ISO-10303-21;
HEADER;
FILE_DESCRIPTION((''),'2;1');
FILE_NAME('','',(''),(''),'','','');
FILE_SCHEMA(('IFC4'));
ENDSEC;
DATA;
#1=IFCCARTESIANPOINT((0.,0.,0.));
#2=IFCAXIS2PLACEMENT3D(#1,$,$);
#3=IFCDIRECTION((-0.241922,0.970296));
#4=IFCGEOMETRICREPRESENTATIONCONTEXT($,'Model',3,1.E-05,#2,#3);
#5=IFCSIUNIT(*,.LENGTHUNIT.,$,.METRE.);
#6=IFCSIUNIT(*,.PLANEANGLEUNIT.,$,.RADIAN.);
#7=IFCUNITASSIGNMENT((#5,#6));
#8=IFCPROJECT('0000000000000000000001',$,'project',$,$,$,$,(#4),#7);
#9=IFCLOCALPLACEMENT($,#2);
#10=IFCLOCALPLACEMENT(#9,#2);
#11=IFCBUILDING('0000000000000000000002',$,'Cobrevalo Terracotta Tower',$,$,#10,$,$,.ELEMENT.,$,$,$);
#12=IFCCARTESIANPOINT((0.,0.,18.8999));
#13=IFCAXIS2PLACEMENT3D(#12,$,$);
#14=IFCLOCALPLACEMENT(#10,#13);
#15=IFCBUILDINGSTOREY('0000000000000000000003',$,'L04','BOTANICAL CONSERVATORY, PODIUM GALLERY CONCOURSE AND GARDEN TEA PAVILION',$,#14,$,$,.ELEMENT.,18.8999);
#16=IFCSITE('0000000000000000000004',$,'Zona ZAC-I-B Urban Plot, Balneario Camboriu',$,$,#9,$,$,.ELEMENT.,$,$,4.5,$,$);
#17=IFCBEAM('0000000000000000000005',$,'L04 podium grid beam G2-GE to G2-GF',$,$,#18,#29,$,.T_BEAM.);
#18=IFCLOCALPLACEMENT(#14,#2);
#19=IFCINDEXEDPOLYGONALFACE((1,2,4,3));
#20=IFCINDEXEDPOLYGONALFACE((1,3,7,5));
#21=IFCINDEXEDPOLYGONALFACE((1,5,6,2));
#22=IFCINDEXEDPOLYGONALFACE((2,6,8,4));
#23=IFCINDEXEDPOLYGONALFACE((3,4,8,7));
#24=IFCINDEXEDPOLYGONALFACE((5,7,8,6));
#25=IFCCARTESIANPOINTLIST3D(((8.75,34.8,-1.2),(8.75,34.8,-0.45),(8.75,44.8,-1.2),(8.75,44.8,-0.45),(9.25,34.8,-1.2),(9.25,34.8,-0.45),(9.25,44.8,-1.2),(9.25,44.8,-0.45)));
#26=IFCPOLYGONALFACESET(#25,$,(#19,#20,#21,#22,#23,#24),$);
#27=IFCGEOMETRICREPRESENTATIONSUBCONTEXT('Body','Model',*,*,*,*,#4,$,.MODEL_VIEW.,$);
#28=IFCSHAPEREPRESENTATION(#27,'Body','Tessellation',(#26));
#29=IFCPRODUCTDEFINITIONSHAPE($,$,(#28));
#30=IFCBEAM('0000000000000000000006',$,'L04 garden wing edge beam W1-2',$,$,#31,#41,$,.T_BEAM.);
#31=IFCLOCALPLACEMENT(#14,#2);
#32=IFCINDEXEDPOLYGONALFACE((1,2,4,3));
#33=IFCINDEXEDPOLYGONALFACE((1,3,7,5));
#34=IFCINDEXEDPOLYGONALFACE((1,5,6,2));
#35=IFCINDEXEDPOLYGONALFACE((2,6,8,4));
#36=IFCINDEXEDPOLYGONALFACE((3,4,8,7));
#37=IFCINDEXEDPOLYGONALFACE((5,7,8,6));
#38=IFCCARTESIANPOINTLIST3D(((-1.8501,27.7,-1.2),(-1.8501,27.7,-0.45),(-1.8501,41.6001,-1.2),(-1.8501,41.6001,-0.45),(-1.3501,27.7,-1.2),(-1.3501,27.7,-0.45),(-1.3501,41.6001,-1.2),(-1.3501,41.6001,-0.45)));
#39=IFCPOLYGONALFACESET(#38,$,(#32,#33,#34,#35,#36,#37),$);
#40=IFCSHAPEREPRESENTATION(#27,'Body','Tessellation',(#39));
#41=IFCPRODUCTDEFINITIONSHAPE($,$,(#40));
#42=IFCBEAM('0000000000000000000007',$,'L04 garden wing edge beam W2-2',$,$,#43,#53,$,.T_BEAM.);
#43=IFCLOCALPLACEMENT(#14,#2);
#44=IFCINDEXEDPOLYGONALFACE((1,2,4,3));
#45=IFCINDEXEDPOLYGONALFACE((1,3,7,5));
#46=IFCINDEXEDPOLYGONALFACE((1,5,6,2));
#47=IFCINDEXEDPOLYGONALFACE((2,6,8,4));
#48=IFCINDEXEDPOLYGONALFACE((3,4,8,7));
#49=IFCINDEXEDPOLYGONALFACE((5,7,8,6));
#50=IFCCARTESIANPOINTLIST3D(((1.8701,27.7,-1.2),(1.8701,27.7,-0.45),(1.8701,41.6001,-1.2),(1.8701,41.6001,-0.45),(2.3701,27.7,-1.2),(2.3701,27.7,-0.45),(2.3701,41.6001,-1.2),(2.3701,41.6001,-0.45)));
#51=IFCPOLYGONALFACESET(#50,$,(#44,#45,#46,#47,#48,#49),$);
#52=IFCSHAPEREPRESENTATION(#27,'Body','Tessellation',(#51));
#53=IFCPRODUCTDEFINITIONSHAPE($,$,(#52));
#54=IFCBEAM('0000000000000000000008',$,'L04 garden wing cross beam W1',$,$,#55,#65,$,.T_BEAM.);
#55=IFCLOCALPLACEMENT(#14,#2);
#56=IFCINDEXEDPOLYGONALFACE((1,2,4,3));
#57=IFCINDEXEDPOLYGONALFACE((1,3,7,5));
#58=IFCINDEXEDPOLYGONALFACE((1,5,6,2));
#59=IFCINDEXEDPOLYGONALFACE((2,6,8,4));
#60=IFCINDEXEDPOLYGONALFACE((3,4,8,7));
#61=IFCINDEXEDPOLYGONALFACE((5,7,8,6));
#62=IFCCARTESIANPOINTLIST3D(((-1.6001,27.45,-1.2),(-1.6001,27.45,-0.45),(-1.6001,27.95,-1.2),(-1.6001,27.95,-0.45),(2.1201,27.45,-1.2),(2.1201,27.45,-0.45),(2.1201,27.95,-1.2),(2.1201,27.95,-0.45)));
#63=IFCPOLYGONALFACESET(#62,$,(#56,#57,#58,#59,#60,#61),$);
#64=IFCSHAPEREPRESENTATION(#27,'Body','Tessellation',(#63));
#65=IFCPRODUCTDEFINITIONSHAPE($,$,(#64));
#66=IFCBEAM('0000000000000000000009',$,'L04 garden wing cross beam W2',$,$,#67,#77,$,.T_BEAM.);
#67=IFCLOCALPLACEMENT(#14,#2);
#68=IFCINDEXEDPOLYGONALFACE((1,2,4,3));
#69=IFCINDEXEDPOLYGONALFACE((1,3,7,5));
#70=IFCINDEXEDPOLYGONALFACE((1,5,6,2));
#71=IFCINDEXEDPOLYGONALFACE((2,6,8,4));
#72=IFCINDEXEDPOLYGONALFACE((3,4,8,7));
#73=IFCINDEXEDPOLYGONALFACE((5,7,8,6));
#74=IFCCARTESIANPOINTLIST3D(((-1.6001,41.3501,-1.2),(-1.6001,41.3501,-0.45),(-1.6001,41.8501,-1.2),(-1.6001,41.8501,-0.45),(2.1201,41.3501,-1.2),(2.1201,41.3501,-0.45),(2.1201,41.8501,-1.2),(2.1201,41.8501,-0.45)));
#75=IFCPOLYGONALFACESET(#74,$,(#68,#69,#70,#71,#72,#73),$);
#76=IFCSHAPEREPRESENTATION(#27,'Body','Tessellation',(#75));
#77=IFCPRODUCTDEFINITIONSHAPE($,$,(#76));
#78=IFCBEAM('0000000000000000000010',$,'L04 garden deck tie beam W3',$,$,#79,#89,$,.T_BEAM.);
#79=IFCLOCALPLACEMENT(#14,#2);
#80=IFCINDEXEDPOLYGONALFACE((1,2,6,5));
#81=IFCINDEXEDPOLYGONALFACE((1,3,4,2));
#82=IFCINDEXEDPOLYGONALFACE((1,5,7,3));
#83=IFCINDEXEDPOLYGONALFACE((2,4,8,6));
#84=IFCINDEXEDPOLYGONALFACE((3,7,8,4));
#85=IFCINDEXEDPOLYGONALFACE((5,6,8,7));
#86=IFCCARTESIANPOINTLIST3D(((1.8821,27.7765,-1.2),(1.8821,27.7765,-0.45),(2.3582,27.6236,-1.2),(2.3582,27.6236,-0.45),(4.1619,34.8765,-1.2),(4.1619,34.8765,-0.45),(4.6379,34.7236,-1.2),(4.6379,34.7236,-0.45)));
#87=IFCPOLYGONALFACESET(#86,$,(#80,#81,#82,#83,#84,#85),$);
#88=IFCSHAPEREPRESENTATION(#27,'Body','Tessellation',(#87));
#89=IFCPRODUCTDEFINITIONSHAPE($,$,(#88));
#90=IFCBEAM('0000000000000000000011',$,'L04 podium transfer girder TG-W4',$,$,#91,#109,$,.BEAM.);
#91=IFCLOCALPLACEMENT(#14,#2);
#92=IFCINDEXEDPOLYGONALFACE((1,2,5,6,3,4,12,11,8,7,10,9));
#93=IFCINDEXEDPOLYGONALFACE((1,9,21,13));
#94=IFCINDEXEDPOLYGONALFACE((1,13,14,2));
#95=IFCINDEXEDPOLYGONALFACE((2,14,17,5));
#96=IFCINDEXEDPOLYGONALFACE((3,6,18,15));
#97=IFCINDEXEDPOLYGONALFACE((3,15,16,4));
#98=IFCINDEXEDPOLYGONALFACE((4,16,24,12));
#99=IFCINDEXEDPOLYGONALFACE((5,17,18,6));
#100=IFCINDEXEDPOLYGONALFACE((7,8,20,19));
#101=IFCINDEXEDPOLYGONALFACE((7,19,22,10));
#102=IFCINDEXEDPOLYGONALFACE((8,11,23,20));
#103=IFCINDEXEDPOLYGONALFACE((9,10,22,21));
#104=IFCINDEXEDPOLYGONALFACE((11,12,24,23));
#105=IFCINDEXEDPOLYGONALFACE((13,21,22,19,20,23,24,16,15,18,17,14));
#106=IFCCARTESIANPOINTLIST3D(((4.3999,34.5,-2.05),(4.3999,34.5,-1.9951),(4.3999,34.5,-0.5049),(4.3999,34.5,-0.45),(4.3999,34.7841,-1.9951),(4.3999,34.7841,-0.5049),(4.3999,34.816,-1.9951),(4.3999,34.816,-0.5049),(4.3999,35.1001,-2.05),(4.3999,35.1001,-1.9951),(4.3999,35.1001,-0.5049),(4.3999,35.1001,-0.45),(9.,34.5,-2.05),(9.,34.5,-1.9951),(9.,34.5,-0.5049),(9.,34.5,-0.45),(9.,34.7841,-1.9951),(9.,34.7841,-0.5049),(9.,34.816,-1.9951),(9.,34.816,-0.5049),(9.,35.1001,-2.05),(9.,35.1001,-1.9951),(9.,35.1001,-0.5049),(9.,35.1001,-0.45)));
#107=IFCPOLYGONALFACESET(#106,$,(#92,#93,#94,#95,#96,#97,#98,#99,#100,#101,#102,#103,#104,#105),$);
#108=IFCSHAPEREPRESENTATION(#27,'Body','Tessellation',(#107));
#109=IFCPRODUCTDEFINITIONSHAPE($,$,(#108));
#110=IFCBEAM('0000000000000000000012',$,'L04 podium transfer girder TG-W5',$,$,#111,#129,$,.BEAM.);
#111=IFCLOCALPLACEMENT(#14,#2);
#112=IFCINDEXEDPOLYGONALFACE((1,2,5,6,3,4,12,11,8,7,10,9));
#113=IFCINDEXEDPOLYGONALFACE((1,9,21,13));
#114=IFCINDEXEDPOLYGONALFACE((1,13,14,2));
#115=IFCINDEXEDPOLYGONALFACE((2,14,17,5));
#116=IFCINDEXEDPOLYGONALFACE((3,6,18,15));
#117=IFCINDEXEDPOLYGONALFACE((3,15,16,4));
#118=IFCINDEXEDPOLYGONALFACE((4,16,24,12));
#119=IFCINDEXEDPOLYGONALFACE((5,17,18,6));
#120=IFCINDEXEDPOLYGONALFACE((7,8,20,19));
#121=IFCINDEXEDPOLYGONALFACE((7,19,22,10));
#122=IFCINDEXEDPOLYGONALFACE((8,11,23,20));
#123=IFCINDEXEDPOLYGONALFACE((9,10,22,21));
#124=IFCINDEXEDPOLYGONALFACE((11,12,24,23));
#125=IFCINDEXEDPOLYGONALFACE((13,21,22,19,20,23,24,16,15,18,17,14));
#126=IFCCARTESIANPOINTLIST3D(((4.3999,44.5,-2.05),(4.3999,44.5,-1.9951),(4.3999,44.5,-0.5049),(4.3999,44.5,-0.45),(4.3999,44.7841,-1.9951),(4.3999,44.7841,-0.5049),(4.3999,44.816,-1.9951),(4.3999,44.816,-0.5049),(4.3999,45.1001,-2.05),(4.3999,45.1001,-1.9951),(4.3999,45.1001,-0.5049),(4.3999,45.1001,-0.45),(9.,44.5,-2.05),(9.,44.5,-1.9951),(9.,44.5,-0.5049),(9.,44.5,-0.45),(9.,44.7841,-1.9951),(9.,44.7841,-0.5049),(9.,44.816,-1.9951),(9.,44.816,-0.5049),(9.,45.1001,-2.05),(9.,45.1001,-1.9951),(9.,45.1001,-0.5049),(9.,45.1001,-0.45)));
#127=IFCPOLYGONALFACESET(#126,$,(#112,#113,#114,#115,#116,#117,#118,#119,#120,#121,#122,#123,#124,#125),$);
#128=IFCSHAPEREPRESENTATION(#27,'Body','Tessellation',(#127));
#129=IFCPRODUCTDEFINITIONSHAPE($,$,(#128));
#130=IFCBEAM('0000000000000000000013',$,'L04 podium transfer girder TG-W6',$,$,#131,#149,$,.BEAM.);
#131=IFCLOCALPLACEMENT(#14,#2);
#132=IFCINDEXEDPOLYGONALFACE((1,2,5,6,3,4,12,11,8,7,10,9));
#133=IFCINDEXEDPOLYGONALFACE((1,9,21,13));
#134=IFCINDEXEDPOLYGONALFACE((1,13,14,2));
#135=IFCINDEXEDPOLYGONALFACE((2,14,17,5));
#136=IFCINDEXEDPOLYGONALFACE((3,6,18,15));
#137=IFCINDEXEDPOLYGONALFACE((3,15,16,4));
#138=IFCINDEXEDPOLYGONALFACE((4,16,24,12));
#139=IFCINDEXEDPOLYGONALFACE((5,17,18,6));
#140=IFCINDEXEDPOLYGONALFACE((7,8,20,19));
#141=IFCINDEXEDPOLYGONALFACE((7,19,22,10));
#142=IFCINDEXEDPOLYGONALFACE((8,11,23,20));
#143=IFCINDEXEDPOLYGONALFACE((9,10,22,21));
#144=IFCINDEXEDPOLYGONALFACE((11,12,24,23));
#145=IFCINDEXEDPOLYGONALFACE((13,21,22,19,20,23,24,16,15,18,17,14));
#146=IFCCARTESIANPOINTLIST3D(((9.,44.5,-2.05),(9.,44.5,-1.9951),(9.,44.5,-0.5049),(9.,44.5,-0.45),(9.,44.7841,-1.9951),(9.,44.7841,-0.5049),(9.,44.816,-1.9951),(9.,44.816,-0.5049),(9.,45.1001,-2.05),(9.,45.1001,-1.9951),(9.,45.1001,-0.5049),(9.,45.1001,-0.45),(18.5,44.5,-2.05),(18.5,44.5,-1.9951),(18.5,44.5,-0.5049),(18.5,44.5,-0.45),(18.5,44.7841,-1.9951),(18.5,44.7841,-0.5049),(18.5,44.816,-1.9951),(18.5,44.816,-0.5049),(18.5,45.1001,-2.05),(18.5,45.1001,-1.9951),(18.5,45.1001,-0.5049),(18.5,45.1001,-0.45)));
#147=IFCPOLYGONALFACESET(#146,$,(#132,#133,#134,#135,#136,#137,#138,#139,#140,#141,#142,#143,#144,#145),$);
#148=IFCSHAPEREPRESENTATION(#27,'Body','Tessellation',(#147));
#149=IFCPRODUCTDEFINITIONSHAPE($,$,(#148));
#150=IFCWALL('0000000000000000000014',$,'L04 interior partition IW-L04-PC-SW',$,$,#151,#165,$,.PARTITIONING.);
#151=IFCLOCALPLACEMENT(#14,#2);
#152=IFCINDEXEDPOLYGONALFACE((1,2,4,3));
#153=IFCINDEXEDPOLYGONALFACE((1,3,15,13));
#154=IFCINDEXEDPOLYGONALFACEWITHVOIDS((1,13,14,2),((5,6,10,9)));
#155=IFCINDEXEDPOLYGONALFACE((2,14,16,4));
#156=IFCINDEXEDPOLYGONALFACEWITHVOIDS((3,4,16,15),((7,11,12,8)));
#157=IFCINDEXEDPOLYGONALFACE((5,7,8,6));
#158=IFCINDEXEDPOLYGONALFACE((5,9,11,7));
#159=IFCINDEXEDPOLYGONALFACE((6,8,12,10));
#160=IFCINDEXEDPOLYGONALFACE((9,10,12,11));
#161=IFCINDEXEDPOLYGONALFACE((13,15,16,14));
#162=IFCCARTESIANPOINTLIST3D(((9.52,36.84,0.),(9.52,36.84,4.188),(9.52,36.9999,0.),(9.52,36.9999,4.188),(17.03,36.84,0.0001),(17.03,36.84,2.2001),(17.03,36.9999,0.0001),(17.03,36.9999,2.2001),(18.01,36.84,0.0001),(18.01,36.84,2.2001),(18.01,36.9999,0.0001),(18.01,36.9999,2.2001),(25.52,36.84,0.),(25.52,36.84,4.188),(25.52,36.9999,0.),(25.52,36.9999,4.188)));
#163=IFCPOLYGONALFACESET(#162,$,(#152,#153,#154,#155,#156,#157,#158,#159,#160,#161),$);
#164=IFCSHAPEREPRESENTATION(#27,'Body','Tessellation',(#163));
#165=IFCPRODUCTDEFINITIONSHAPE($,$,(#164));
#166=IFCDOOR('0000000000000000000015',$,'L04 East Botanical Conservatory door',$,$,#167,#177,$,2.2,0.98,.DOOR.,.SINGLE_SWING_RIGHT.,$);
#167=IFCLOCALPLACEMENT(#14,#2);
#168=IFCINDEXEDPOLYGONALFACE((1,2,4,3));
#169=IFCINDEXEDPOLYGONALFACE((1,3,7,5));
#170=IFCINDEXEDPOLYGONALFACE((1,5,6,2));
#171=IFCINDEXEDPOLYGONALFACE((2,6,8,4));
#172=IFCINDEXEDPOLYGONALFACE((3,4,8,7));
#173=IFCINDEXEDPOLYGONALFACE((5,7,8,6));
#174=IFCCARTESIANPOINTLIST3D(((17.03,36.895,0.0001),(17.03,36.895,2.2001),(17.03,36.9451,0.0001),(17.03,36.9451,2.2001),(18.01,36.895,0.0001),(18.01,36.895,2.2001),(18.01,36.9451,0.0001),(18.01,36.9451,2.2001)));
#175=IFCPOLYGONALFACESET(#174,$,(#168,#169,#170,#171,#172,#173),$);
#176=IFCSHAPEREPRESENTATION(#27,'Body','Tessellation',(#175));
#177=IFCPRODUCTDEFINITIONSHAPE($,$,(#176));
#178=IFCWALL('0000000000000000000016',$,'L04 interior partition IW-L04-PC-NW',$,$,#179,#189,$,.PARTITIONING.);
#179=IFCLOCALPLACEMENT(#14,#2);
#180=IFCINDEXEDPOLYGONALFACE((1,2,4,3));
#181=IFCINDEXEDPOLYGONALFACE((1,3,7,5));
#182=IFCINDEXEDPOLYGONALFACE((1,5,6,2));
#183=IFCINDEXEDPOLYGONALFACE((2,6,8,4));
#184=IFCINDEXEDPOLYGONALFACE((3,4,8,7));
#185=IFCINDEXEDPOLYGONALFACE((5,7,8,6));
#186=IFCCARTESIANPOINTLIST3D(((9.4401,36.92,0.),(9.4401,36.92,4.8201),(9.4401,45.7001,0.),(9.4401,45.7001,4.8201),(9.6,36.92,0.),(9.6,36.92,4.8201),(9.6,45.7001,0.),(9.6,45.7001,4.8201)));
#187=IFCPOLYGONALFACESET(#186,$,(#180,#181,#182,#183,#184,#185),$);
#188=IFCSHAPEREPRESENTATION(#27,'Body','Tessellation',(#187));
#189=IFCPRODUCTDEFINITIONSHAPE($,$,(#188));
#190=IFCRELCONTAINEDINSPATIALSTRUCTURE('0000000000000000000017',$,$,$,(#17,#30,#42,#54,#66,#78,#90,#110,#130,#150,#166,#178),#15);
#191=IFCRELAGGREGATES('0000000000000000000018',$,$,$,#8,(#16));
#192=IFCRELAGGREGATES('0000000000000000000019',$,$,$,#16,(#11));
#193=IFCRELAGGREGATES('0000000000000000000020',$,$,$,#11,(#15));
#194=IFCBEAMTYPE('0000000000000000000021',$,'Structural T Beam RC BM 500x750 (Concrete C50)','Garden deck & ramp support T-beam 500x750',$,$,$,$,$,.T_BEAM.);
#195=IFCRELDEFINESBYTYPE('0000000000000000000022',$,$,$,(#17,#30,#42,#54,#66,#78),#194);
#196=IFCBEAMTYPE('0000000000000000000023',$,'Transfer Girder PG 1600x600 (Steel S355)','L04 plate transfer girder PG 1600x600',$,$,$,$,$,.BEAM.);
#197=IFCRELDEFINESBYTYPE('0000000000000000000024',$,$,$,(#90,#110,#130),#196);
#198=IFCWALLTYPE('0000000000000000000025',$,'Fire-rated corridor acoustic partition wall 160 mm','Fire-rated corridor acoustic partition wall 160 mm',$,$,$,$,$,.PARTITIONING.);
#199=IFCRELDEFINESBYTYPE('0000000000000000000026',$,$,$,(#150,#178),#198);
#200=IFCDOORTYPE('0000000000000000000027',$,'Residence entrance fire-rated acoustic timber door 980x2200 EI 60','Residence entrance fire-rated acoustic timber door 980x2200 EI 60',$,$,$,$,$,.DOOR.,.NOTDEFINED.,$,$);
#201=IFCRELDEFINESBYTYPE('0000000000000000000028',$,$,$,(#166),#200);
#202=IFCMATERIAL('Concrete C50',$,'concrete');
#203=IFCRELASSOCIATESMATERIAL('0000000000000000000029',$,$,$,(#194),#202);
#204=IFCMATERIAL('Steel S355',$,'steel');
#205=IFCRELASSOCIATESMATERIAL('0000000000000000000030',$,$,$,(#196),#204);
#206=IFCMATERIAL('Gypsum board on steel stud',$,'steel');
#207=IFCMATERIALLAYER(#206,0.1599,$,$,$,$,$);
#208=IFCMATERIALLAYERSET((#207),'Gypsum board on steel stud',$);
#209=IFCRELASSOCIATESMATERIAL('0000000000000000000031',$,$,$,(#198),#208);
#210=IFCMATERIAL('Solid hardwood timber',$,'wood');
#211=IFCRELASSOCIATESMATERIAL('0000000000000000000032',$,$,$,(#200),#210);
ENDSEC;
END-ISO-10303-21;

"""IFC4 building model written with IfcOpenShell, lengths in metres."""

from ifc_helpers import new_model, si_unit, direction, frame, frame_2d, origin, origin_2d, place, context, subcontext, project, spatial, rectangle, i_section, extrude, source, transform, mapped, material, layer, layer_set, material_profile, profile_set, type_object, element, fill, save


model = new_model("IFC4")

# Units and contexts
model_context = context("Model", 3, precision=1e-05, world=origin(), true_north=direction((-0.241922, 0.970296)))
body_context = subcontext(model_context, "Body", "Model", "MODEL_VIEW")
ifc_project = project(units=[si_unit("LENGTHUNIT", "METRE"), si_unit("PLANEANGLEUNIT", "RADIAN")], contexts=[model_context])

# Site, building, storey
site_placement = place(None, origin())
site = spatial("IfcSite", under=ifc_project, at=site_placement, Name="Zona ZAC-I-B Urban Plot, Balneario Camboriu", CompositionType="ELEMENT", RefElevation=4.5)
building_placement = place(site_placement, origin())
building = spatial("IfcBuilding", under=site, at=building_placement, Name="Cobrevalo Terracotta Tower", CompositionType="ELEMENT")
storey_placement = place(building_placement, frame((0.0, 0.0, 18.8999)))
storey = spatial("IfcBuildingStorey", under=building, at=storey_placement, Name="L04", Description="BOTANICAL CONSERVATORY, PODIUM GALLERY CONCOURSE AND GARDEN TEA PAVILION", CompositionType="ELEMENT", Elevation=18.8999)

# Shared definitions
ifc_material_1 = material(Name="Steel S355", Category="steel")
ifc_material_2 = material(Name="Concrete C50", Category="concrete")

# Beams
ifc_material_profile_1 = material_profile(ifc_material_2, rectangle(XDim=0.5, YDim=0.75, at=origin_2d()), Name="RC BM 500x750")
ifc_profile_set_1 = profile_set([ifc_material_profile_1], Name="Concrete C50")
beam_type_1 = type_object("IfcBeamType", Name="Structural T Beam RC BM 500x750 (Concrete C50)", Description="Garden deck & ramp support T-beam 500x750", PredefinedType="T_BEAM", material=ifc_profile_set_1)
beam_1_placement = place(storey_placement, frame((9.0, 34.8, -0.825), z_axis=(0.0, 1.0, 0.0), x_axis=(-1.0, 0.0, 0.0)))
element("IfcBeam", 1, at=beam_1_placement, inside=storey, type_object=beam_type_1, Name="L04 podium grid beam G2-GE to G2-GF", PredefinedType="T_BEAM", context=body_context, shape_type="SweptSolid", body=[
    extrude(rectangle(XDim=0.5, YDim=0.75, at=origin_2d()), origin(), (0.0, 0.0, 1.0), 10.0),
])
for number, where, z_axis, x_axis, name in (
    (2, (-1.6001, 27.7, -0.825), (0.0, 1.0, 0.0), (-1.0, 0.0, 0.0), "L04 garden wing edge beam W1-2"),
    (3, (2.1201, 27.7, -0.825), (0.0, 1.0, 0.0), (-1.0, 0.0, 0.0), "L04 garden wing edge beam W2-2"),
):
    element("IfcBeam", number, at=place(storey_placement, frame(where, z_axis=z_axis, x_axis=x_axis)), inside=storey, type_object=beam_type_1, Name=name, PredefinedType="T_BEAM", context=body_context, shape_type="SweptSolid", body=[
        extrude(rectangle(XDim=0.5, YDim=0.75, at=origin_2d()), origin(), (0.0, 0.0, 1.0), 13.9001),
    ])
for number, where, z_axis, x_axis, name in (
    (4, (-1.6001, 27.7, -0.825), (1.0, 0.0, 0.0), (0.0, 1.0, 0.0), "L04 garden wing cross beam W1"),
    (5, (-1.6001, 41.6001, -0.825), (1.0, 0.0, 0.0), (0.0, 1.0, 0.0), "L04 garden wing cross beam W2"),
):
    element("IfcBeam", number, at=place(storey_placement, frame(where, z_axis=z_axis, x_axis=x_axis)), inside=storey, type_object=beam_type_1, Name=name, PredefinedType="T_BEAM", context=body_context, shape_type="SweptSolid", body=[
        extrude(rectangle(XDim=0.5, YDim=0.75, at=origin_2d()), origin(), (0.0, 0.0, 1.0), 3.7202),
    ])
beam_2_placement = place(storey_placement, frame((4.3999, 34.8, -0.825), z_axis=(-0.305719, -0.952122, 0.0), x_axis=(0.952122, -0.305719, 0.0)))
element("IfcBeam", 6, at=beam_2_placement, inside=storey, type_object=beam_type_1, Name="L04 garden deck tie beam W3", PredefinedType="T_BEAM", context=body_context, shape_type="SweptSolid", body=[
    extrude(rectangle(XDim=0.5, YDim=0.75, at=origin_2d()), origin(), (0.0, 0.0, 1.0), 7.457),
])
ifc_material_profile_2 = material_profile(ifc_material_1, i_section(OverallWidth=0.6001, OverallDepth=1.6001, WebThickness=0.032, FlangeThickness=0.0549, at=origin_2d()), Name="PG 1600x600")
ifc_profile_set_2 = profile_set([ifc_material_profile_2], Name="Steel S355")
beam_type_2 = type_object("IfcBeamType", Name="Transfer Girder PG 1600x600 (Steel S355)", Description="L04 plate transfer girder PG 1600x600", PredefinedType="BEAM", material=ifc_profile_set_2)
for number, where, z_axis, x_axis, name in (
    (7, (4.3999, 34.8, -1.25), (1.0, 0.0, 0.0), (0.0, 1.0, 0.0), "L04 podium transfer girder TG-W4"),
    (8, (4.3999, 44.8, -1.25), (1.0, 0.0, 0.0), (0.0, 1.0, 0.0), "L04 podium transfer girder TG-W5"),
):
    element("IfcBeam", number, at=place(storey_placement, frame(where, z_axis=z_axis, x_axis=x_axis)), inside=storey, type_object=beam_type_2, Name=name, PredefinedType="BEAM", context=body_context, shape_type="SweptSolid", body=[
        extrude(i_section(OverallWidth=0.6001, OverallDepth=1.6001, WebThickness=0.032, FlangeThickness=0.0549, at=origin_2d()), origin(), (0.0, 0.0, 1.0), 4.6001),
    ])
beam_3_placement = place(storey_placement, frame((9.0, 44.8, -1.25), z_axis=(1.0, 0.0, 0.0), x_axis=(0.0, 1.0, 0.0)))
element("IfcBeam", 9, at=beam_3_placement, inside=storey, type_object=beam_type_2, Name="L04 podium transfer girder TG-W6", PredefinedType="BEAM", context=body_context, shape_type="SweptSolid", body=[
    extrude(i_section(OverallWidth=0.6001, OverallDepth=1.6001, WebThickness=0.032, FlangeThickness=0.0549, at=origin_2d()), origin(), (0.0, 0.0, 1.0), 9.5),
])

# Wall, opening, door
ifc_material_3 = material(Name="Gypsum board on steel stud", Category="steel")
ifc_layer = layer(ifc_material_3, 0.1599)
ifc_layer_set = layer_set([ifc_layer], Name="Gypsum board on steel stud")
wall_type = type_object("IfcWallType", Name="Fire-rated corridor acoustic partition wall 160 mm", Description="Fire-rated corridor acoustic partition wall 160 mm", PredefinedType="PARTITIONING", material=ifc_layer_set)
wall_1_placement = place(storey_placement, frame((9.52, 36.9199, 0.0), z_axis=(0.0, 0.0, 1.0), x_axis=(1.0, 0.0, 0.0)))
wall_1 = element("IfcWall", 10, at=wall_1_placement, inside=storey, type_object=wall_type, Name="L04 interior partition IW-L04-PC-SW", PredefinedType="PARTITIONING", context=body_context, shape_type="SweptSolid", body=[
    extrude(rectangle(XDim=16.0, YDim=0.1599, at=frame_2d((8.0, 0.0))), origin(), (0.0, 0.0, 1.0), 4.188),
])
opening_placement = place(wall_1_placement, frame((7.51, 0.0, 0.0)))
opening = element("IfcOpeningElement", 11, at=opening_placement, cuts=wall_1, PredefinedType="OPENING", context=body_context, shape_type="SweptSolid", body=[
    extrude(rectangle(XDim=0.98, YDim=2.2, at=frame_2d((0.49, 1.1001))), frame((0.0, 0.0898, 0.0), z_axis=(0.0, -1.0, 0.0), x_axis=(1.0, 0.0, 0.0)), (0.0, 0.0, 1.0), 0.1799),
])
ifc_material_4 = material(Name="Solid hardwood timber", Category="wood")
door_type = type_object("IfcDoorType", Name="Residence entrance fire-rated acoustic timber door 980x2200 EI 60", Description="Residence entrance fire-rated acoustic timber door 980x2200 EI 60", OperationType="NOTDEFINED", PredefinedType="DOOR", material=ifc_material_4)
shared_shape = source(origin(), body_context, "Body", "SweptSolid", [
    extrude(rectangle(XDim=0.98, YDim=2.2, at=frame_2d((0.49, 1.1001))), frame((0.0, 0.0249, 0.0), z_axis=(0.0, -1.0, 0.0), x_axis=(1.0, 0.0, 0.0)), (0.0, 0.0, 1.0), 0.05),
])
door_placement = place(opening_placement, frame((0.98, 0.0, 0.0), z_axis=(0.0, 0.0, 1.0), x_axis=(-1.0, 0.0, 0.0)))
door = element("IfcDoor", 12, at=door_placement, inside=storey, type_object=door_type, Name="L04 East Botanical Conservatory door", OperationType="SINGLE_SWING_RIGHT", OverallHeight=2.2, OverallWidth=0.98, PredefinedType="DOOR", context=body_context, shape_type="MappedRepresentation", body=[
    mapped(shared_shape, transform((0.0, 0.0, 0.0), scale=1.0)),
])
fill(opening, door)

# Wall
wall_2_placement = place(storey_placement, frame((9.52, 36.9199, 0.0), z_axis=(0.0, 0.0, 1.0), x_axis=(0.0, 1.0, 0.0)))
element("IfcWall", 13, at=wall_2_placement, inside=storey, type_object=wall_type, Name="L04 interior partition IW-L04-PC-NW", PredefinedType="PARTITIONING", context=body_context, shape_type="SweptSolid", body=[
    extrude(rectangle(XDim=8.78, YDim=0.1599, at=frame_2d((4.3901, 0.0))), origin(), (0.0, 0.0, 1.0), 4.8201),
])

save(model, "model.ifc")
